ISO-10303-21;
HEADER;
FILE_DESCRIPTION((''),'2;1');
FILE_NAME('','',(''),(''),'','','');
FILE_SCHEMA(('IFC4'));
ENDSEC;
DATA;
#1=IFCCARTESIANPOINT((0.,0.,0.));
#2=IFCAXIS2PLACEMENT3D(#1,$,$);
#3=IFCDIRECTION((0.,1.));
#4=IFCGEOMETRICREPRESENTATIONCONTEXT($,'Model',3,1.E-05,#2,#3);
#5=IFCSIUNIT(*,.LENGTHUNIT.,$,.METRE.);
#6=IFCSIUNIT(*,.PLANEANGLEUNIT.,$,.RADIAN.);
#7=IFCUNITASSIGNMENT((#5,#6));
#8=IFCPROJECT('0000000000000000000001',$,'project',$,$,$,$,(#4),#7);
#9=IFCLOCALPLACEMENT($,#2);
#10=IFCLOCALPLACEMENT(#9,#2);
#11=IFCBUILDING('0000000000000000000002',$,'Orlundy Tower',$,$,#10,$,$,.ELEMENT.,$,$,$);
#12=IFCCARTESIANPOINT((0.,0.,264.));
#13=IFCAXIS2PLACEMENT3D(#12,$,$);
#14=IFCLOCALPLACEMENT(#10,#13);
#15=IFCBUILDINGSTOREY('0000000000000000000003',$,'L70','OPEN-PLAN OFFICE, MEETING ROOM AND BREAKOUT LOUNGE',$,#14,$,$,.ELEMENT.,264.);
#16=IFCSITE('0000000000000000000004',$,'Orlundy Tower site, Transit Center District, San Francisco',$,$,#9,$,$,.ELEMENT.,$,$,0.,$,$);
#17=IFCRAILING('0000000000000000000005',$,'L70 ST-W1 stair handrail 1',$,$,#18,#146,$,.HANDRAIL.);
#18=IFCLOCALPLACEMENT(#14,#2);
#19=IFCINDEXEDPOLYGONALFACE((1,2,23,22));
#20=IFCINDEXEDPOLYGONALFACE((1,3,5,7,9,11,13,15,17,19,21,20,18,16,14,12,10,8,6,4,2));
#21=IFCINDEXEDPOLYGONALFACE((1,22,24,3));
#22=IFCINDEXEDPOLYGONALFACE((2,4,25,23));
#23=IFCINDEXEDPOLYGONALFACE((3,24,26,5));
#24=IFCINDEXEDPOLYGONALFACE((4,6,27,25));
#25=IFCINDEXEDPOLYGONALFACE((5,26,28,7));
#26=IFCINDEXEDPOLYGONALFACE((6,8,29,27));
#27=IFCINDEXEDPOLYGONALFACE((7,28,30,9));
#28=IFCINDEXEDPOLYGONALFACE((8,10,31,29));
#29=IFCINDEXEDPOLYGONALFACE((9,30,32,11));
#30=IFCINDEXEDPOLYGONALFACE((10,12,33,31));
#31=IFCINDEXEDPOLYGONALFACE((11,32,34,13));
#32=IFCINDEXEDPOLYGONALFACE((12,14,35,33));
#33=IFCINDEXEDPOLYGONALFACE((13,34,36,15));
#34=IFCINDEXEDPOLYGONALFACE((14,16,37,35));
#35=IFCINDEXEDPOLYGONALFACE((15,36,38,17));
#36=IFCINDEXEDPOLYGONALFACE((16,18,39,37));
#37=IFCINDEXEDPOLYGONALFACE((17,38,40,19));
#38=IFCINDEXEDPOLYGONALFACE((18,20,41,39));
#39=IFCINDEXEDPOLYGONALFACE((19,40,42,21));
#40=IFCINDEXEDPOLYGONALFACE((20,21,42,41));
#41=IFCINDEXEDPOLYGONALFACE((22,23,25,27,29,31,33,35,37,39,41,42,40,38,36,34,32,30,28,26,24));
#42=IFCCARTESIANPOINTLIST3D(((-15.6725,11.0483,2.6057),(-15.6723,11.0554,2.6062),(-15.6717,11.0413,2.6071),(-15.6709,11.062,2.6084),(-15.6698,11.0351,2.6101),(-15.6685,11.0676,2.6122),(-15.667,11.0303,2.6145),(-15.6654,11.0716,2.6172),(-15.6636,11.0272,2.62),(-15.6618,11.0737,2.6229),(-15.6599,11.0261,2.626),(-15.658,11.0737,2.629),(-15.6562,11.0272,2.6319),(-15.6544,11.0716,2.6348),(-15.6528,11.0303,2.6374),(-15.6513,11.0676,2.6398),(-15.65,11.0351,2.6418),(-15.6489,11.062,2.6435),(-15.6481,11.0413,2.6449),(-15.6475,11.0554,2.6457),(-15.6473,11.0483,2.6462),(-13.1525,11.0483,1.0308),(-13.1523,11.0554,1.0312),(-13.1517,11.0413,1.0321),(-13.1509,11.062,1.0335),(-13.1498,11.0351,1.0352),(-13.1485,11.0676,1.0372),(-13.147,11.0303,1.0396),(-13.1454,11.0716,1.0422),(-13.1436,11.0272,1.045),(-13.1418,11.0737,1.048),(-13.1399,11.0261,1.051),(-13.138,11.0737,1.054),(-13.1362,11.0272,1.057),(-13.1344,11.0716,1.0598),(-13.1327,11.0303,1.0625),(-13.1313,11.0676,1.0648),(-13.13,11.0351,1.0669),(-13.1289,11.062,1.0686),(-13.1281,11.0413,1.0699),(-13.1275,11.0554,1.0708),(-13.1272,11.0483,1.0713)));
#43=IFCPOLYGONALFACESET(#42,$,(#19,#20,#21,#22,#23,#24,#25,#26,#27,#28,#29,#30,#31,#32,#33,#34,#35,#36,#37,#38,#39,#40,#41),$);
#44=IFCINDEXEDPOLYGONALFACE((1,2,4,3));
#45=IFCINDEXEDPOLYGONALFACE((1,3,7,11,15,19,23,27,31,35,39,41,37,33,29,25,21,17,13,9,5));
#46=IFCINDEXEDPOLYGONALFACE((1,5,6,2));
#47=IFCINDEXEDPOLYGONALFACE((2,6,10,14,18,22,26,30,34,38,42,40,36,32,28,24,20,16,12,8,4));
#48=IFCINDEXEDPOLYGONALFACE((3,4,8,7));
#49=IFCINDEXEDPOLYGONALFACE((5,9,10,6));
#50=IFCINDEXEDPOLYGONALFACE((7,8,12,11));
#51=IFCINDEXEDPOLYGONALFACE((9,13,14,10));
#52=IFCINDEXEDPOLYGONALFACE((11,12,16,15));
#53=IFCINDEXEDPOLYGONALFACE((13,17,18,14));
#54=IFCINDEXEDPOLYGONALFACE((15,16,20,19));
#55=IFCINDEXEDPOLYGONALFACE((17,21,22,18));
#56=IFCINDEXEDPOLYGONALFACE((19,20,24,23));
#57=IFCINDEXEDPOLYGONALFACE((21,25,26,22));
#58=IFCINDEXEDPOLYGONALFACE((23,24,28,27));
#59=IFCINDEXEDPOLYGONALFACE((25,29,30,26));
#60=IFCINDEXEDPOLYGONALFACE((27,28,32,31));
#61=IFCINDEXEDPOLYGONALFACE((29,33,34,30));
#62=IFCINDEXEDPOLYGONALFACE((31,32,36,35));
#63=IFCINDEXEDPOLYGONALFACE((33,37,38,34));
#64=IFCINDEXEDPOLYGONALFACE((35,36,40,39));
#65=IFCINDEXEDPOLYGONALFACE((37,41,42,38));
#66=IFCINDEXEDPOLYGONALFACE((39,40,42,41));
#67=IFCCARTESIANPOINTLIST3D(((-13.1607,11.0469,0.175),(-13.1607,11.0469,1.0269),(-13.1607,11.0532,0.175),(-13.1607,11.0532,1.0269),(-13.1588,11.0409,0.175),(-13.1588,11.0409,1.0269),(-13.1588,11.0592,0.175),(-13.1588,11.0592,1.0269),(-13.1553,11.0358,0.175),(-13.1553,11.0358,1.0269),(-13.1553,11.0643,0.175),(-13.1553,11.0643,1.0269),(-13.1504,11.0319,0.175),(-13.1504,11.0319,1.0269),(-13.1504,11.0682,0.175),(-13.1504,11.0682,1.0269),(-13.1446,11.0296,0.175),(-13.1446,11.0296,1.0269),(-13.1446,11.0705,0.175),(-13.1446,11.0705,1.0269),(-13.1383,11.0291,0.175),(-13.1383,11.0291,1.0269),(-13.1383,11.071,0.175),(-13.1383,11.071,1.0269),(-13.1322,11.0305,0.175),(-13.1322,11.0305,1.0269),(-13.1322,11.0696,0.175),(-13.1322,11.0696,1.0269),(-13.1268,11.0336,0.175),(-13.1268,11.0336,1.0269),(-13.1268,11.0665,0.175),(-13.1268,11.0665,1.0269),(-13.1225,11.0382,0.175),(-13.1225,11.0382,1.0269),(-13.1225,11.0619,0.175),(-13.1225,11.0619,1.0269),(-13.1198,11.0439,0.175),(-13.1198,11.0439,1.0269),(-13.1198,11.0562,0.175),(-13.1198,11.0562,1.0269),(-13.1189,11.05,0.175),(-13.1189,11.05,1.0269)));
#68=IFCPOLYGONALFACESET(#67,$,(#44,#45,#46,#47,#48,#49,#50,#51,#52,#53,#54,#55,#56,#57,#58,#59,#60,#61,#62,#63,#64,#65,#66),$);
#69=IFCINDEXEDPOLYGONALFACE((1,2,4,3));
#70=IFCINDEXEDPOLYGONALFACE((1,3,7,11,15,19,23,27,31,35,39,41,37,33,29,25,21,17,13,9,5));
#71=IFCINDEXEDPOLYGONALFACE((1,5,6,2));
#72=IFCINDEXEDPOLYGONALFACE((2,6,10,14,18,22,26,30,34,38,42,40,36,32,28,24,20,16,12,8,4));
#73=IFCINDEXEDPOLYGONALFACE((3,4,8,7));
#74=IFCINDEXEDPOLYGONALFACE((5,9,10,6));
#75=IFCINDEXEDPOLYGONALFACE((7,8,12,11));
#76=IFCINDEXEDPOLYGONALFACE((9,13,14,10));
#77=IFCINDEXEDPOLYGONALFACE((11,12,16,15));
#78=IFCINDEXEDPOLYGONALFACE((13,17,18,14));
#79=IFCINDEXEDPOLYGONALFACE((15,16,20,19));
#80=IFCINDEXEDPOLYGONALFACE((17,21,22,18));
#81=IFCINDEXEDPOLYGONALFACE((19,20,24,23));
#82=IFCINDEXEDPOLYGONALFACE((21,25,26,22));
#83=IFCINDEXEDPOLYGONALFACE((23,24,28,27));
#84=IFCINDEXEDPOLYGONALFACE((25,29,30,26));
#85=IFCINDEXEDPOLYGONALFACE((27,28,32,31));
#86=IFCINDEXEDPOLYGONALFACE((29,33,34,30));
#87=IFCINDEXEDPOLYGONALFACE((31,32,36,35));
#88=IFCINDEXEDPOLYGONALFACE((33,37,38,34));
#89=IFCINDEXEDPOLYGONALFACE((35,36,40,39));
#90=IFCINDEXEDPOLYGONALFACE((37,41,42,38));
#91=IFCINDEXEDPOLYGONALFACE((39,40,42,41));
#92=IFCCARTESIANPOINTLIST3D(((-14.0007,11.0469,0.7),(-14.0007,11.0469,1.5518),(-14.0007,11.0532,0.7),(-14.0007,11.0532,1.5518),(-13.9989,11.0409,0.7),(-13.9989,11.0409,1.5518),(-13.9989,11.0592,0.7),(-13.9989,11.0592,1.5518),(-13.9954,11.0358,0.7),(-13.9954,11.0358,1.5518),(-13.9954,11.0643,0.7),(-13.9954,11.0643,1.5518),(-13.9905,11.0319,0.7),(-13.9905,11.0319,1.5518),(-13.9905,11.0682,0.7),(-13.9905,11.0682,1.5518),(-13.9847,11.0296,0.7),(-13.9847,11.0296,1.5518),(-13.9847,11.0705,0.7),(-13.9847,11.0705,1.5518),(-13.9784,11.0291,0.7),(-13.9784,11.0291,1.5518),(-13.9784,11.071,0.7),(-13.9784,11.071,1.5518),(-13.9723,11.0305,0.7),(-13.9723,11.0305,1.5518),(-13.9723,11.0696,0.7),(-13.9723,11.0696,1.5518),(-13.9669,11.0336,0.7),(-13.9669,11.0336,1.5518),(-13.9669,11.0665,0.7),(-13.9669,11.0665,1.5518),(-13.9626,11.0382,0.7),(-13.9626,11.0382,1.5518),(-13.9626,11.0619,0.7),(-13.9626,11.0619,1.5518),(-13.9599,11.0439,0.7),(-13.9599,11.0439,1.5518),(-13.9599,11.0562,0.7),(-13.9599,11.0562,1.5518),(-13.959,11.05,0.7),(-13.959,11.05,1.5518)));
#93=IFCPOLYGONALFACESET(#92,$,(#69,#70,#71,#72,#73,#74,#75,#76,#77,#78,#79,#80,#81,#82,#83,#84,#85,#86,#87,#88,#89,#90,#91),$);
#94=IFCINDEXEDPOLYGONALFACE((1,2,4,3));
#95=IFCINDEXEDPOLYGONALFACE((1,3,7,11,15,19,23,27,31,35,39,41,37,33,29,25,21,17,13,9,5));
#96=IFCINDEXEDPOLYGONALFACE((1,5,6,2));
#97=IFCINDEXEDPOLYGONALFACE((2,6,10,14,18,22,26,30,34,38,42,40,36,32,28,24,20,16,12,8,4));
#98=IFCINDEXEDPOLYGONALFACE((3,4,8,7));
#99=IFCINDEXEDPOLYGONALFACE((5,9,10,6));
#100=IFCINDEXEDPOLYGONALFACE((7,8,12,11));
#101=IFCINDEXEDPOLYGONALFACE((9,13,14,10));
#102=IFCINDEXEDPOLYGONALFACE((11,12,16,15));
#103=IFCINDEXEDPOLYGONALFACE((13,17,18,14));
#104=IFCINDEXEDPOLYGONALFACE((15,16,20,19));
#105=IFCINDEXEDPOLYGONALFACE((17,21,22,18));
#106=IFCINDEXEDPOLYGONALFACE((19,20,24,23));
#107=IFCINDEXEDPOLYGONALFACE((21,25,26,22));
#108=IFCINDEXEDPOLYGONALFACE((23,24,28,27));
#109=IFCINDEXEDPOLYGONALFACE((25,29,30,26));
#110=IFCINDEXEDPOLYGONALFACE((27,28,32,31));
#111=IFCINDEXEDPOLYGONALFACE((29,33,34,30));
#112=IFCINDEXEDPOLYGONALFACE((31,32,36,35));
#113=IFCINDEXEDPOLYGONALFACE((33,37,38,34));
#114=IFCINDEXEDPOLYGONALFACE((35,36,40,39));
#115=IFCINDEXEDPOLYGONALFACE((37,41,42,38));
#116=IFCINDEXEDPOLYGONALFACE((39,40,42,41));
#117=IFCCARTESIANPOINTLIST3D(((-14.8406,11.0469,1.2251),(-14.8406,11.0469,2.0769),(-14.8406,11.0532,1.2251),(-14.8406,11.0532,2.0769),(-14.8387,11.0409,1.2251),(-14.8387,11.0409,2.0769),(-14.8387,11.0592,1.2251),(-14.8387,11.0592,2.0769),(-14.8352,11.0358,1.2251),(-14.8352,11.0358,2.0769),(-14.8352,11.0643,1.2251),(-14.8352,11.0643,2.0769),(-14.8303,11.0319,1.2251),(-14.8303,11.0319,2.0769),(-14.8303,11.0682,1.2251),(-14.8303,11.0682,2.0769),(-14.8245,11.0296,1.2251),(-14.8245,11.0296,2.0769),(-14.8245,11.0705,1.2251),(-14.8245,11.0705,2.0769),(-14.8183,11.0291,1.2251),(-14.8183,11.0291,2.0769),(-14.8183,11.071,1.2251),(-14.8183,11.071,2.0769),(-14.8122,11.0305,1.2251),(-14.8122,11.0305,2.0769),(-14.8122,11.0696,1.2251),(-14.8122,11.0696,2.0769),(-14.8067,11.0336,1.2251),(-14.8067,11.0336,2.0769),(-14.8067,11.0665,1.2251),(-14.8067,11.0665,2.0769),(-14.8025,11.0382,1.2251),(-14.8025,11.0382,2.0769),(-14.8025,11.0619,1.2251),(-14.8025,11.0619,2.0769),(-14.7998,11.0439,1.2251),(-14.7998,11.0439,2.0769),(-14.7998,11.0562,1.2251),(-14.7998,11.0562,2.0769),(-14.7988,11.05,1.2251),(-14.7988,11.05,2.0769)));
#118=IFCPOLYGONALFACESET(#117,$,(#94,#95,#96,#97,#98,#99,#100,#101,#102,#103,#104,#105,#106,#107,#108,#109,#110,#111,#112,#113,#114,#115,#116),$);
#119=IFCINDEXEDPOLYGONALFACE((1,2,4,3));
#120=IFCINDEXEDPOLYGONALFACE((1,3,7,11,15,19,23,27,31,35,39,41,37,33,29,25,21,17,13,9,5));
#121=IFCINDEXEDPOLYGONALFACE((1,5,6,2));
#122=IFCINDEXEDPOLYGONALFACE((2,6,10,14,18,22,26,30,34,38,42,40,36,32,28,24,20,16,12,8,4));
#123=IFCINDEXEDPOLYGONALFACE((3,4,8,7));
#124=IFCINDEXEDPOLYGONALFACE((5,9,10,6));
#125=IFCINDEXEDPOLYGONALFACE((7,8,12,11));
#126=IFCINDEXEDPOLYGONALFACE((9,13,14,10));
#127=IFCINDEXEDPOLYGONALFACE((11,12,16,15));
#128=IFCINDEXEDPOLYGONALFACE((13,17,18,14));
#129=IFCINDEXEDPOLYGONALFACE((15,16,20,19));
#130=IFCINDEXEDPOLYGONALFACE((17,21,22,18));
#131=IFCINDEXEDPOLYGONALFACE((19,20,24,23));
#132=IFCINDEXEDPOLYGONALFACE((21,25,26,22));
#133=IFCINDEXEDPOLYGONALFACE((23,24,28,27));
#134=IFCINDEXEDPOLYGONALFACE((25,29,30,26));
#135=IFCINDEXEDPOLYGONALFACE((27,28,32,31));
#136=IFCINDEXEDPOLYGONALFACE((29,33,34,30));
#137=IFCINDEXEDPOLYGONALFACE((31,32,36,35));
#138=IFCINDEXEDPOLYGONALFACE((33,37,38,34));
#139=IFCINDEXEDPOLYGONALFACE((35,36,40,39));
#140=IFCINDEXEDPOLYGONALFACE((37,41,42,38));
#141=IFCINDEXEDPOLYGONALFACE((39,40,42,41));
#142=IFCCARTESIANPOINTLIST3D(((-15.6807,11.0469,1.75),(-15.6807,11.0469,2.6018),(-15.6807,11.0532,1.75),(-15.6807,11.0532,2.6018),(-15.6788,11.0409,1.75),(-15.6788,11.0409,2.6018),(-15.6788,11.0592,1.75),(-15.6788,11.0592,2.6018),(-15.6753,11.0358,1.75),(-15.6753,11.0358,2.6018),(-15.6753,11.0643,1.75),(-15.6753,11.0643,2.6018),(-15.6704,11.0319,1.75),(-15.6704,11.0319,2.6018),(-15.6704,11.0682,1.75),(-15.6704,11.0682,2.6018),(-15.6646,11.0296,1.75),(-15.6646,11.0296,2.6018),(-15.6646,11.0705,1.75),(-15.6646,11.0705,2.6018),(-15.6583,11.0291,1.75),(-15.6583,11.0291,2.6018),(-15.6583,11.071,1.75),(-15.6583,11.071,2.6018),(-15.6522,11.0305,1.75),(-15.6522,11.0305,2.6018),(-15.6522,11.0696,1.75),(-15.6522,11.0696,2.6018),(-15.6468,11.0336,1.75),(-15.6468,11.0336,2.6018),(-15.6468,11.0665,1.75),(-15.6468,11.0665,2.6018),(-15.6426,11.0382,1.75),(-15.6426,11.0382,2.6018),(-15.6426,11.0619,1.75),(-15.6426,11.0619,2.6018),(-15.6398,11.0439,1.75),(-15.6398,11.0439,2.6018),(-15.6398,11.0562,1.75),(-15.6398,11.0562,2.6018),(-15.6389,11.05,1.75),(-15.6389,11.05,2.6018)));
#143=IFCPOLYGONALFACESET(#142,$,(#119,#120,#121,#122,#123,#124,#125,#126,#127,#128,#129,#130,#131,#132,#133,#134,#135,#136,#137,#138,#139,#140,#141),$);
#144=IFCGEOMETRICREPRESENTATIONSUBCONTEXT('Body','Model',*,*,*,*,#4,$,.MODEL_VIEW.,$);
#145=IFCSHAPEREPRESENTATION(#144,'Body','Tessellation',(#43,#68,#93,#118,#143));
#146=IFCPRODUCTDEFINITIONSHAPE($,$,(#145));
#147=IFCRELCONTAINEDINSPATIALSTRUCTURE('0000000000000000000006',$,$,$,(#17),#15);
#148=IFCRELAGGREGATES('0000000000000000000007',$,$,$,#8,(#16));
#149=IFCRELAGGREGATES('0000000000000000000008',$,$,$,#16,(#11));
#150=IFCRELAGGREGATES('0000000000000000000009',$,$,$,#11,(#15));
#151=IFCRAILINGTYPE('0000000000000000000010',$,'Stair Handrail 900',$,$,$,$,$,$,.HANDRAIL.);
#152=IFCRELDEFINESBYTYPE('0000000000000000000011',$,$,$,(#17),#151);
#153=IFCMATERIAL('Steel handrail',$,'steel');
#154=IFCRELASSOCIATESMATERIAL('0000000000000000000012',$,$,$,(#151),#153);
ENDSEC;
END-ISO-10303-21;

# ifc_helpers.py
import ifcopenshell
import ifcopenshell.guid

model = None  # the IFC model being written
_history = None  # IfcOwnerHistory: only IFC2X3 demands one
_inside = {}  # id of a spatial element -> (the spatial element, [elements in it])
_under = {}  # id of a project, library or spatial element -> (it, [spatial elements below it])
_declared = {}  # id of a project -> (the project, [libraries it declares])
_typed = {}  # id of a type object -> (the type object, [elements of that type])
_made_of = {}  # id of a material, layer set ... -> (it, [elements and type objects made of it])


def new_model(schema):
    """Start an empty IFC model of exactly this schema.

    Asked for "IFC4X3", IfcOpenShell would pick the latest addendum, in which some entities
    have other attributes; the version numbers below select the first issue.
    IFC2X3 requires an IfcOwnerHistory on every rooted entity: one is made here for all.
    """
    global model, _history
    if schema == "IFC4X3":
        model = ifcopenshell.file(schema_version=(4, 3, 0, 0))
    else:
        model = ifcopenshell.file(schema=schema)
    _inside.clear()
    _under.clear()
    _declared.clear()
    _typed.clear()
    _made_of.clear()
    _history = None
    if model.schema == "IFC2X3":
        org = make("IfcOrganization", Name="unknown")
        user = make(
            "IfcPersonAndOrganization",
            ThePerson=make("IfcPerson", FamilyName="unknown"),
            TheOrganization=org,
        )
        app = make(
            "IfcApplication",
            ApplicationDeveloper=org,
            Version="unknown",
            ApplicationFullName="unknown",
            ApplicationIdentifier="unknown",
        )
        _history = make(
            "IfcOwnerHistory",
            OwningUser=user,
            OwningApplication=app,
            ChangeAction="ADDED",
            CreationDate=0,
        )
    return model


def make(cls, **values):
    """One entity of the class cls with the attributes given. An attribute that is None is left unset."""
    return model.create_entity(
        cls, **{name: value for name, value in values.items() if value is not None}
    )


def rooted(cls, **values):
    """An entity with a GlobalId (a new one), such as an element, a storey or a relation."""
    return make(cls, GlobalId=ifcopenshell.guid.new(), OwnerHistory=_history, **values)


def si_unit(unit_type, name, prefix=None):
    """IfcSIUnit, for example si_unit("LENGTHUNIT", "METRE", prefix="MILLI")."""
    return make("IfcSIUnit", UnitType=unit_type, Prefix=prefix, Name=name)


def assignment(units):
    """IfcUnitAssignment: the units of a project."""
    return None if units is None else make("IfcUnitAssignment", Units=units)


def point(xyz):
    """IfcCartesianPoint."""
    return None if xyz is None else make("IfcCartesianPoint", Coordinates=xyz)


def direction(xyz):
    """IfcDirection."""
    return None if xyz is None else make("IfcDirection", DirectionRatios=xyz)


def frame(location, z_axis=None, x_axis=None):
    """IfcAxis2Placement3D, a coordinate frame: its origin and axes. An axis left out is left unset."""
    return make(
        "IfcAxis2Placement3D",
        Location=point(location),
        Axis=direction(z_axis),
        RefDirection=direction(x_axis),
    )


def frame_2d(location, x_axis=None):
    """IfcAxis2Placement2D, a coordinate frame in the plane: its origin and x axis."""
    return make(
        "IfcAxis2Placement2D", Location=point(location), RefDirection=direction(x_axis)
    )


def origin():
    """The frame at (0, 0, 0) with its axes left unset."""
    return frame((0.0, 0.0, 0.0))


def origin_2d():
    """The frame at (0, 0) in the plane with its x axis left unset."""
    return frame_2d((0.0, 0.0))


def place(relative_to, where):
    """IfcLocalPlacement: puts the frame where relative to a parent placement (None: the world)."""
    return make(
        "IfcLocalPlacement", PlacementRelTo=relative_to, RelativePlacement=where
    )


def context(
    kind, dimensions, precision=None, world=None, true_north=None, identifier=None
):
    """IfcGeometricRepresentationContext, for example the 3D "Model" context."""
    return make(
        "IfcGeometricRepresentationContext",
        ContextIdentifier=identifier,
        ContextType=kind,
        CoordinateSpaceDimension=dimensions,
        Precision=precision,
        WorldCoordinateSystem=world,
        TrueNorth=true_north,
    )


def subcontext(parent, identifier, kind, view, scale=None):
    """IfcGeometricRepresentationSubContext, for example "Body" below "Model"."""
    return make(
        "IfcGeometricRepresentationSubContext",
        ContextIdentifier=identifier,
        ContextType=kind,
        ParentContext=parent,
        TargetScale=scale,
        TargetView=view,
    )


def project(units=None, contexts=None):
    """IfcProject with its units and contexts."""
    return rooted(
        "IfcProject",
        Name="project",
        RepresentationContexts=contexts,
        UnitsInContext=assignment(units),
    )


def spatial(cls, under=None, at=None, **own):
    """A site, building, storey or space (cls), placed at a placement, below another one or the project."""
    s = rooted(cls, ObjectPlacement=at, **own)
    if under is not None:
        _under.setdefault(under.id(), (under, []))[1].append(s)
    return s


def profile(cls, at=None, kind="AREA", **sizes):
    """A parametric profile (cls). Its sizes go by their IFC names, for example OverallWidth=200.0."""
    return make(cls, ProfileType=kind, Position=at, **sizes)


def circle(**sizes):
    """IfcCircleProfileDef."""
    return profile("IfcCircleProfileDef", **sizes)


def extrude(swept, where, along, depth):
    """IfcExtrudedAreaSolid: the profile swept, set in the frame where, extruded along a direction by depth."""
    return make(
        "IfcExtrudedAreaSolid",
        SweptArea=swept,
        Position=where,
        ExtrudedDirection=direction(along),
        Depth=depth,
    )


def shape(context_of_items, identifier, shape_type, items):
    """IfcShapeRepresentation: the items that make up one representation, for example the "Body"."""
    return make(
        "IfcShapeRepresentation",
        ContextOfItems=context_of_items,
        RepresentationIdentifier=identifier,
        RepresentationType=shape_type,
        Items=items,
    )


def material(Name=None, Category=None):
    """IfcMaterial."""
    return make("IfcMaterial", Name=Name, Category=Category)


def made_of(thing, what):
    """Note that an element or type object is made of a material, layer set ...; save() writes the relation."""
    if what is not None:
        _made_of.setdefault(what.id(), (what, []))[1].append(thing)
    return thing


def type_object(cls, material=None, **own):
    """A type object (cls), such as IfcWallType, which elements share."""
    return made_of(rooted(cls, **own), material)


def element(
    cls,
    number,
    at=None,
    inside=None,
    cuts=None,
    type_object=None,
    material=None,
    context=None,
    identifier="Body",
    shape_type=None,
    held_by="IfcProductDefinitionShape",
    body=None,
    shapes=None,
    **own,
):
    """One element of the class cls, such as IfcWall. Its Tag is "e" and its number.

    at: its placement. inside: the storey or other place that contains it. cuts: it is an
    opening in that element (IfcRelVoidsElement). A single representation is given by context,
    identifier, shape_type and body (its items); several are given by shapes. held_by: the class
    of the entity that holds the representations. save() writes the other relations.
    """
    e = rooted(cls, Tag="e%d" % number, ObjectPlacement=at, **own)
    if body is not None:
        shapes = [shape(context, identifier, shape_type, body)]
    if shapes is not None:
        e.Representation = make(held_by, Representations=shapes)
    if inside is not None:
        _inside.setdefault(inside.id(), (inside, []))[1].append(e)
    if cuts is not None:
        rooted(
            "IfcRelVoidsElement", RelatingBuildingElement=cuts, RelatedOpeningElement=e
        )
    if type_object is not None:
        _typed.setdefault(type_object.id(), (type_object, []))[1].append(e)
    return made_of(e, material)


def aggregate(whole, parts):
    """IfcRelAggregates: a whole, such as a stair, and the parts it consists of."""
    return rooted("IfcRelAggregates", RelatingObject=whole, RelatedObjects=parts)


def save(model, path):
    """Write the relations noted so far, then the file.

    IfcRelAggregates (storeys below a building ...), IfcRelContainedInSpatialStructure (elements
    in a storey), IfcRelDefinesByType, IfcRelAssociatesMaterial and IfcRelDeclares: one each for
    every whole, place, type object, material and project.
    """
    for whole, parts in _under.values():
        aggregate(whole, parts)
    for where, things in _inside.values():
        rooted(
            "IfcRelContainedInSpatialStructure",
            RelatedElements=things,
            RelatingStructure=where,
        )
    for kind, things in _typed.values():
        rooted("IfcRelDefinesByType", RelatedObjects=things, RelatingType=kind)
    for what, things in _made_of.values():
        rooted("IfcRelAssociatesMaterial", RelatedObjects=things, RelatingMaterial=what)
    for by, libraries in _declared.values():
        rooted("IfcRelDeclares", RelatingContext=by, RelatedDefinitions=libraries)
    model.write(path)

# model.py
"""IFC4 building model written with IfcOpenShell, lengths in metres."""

from ifc_helpers import new_model, si_unit, direction, frame, origin, origin_2d, place, context, subcontext, project, spatial, circle, extrude, material, type_object, element, save


model = new_model("IFC4")

# Units and contexts
model_context = context("Model", 3, precision=1e-05, world=origin(), true_north=direction((0.0, 1.0)))
body_context = subcontext(model_context, "Body", "Model", "MODEL_VIEW")
ifc_project = project(units=[si_unit("LENGTHUNIT", "METRE"), si_unit("PLANEANGLEUNIT", "RADIAN")], contexts=[model_context])

# Site, building, storey
site_placement = place(None, origin())
site = spatial("IfcSite", under=ifc_project, at=site_placement, Name="Orlundy Tower site, Transit Center District, San Francisco", CompositionType="ELEMENT", RefElevation=0.0)
building_placement = place(site_placement, origin())
building = spatial("IfcBuilding", under=site, at=building_placement, Name="Orlundy Tower", CompositionType="ELEMENT")
storey_placement = place(building_placement, frame((0.0, 0.0, 264.0)))
storey = spatial("IfcBuildingStorey", under=building, at=storey_placement, Name="L70", Description="OPEN-PLAN OFFICE, MEETING ROOM AND BREAKOUT LOUNGE", CompositionType="ELEMENT", Elevation=264.0)

# Railing
ifc_material_1 = material(Name="Steel handrail", Category="steel")
railing_type = type_object("IfcRailingType", Name="Stair Handrail 900", PredefinedType="HANDRAIL", material=ifc_material_1)
railing_placement = place(storey_placement, frame((-13.1399, 11.05, 0.175)))
element("IfcRailing", 1, at=railing_placement, inside=storey, type_object=railing_type, Name="L70 ST-W1 stair handrail 1", PredefinedType="HANDRAIL", context=body_context, shape_type="SweptSolid", body=[
    extrude(circle(Radius=0.0239, at=origin_2d()), frame((0.0, 0.0, 0.876), z_axis=(-0.848008, 0.0, 0.529984), x_axis=(0.0, -1.0, 0.0)), (0.0, 0.0, 1.0), 2.9717),
    extrude(circle(Radius=0.021, at=origin_2d()), origin(), (0.0, 0.0, 1.0), 0.8518),
    extrude(circle(Radius=0.021, at=origin_2d()), frame((-0.8401, 0.0, 0.5249)), (0.0, 0.0, 1.0), 0.8518),
    extrude(circle(Radius=0.021, at=origin_2d()), frame((-1.6799, 0.0, 1.05)), (0.0, 0.0, 1.0), 0.8518),
    extrude(circle(Radius=0.021, at=origin_2d()), frame((-2.52, 0.0, 1.575)), (0.0, 0.0, 1.0), 0.8518),
])

save(model, "model.ifc")
